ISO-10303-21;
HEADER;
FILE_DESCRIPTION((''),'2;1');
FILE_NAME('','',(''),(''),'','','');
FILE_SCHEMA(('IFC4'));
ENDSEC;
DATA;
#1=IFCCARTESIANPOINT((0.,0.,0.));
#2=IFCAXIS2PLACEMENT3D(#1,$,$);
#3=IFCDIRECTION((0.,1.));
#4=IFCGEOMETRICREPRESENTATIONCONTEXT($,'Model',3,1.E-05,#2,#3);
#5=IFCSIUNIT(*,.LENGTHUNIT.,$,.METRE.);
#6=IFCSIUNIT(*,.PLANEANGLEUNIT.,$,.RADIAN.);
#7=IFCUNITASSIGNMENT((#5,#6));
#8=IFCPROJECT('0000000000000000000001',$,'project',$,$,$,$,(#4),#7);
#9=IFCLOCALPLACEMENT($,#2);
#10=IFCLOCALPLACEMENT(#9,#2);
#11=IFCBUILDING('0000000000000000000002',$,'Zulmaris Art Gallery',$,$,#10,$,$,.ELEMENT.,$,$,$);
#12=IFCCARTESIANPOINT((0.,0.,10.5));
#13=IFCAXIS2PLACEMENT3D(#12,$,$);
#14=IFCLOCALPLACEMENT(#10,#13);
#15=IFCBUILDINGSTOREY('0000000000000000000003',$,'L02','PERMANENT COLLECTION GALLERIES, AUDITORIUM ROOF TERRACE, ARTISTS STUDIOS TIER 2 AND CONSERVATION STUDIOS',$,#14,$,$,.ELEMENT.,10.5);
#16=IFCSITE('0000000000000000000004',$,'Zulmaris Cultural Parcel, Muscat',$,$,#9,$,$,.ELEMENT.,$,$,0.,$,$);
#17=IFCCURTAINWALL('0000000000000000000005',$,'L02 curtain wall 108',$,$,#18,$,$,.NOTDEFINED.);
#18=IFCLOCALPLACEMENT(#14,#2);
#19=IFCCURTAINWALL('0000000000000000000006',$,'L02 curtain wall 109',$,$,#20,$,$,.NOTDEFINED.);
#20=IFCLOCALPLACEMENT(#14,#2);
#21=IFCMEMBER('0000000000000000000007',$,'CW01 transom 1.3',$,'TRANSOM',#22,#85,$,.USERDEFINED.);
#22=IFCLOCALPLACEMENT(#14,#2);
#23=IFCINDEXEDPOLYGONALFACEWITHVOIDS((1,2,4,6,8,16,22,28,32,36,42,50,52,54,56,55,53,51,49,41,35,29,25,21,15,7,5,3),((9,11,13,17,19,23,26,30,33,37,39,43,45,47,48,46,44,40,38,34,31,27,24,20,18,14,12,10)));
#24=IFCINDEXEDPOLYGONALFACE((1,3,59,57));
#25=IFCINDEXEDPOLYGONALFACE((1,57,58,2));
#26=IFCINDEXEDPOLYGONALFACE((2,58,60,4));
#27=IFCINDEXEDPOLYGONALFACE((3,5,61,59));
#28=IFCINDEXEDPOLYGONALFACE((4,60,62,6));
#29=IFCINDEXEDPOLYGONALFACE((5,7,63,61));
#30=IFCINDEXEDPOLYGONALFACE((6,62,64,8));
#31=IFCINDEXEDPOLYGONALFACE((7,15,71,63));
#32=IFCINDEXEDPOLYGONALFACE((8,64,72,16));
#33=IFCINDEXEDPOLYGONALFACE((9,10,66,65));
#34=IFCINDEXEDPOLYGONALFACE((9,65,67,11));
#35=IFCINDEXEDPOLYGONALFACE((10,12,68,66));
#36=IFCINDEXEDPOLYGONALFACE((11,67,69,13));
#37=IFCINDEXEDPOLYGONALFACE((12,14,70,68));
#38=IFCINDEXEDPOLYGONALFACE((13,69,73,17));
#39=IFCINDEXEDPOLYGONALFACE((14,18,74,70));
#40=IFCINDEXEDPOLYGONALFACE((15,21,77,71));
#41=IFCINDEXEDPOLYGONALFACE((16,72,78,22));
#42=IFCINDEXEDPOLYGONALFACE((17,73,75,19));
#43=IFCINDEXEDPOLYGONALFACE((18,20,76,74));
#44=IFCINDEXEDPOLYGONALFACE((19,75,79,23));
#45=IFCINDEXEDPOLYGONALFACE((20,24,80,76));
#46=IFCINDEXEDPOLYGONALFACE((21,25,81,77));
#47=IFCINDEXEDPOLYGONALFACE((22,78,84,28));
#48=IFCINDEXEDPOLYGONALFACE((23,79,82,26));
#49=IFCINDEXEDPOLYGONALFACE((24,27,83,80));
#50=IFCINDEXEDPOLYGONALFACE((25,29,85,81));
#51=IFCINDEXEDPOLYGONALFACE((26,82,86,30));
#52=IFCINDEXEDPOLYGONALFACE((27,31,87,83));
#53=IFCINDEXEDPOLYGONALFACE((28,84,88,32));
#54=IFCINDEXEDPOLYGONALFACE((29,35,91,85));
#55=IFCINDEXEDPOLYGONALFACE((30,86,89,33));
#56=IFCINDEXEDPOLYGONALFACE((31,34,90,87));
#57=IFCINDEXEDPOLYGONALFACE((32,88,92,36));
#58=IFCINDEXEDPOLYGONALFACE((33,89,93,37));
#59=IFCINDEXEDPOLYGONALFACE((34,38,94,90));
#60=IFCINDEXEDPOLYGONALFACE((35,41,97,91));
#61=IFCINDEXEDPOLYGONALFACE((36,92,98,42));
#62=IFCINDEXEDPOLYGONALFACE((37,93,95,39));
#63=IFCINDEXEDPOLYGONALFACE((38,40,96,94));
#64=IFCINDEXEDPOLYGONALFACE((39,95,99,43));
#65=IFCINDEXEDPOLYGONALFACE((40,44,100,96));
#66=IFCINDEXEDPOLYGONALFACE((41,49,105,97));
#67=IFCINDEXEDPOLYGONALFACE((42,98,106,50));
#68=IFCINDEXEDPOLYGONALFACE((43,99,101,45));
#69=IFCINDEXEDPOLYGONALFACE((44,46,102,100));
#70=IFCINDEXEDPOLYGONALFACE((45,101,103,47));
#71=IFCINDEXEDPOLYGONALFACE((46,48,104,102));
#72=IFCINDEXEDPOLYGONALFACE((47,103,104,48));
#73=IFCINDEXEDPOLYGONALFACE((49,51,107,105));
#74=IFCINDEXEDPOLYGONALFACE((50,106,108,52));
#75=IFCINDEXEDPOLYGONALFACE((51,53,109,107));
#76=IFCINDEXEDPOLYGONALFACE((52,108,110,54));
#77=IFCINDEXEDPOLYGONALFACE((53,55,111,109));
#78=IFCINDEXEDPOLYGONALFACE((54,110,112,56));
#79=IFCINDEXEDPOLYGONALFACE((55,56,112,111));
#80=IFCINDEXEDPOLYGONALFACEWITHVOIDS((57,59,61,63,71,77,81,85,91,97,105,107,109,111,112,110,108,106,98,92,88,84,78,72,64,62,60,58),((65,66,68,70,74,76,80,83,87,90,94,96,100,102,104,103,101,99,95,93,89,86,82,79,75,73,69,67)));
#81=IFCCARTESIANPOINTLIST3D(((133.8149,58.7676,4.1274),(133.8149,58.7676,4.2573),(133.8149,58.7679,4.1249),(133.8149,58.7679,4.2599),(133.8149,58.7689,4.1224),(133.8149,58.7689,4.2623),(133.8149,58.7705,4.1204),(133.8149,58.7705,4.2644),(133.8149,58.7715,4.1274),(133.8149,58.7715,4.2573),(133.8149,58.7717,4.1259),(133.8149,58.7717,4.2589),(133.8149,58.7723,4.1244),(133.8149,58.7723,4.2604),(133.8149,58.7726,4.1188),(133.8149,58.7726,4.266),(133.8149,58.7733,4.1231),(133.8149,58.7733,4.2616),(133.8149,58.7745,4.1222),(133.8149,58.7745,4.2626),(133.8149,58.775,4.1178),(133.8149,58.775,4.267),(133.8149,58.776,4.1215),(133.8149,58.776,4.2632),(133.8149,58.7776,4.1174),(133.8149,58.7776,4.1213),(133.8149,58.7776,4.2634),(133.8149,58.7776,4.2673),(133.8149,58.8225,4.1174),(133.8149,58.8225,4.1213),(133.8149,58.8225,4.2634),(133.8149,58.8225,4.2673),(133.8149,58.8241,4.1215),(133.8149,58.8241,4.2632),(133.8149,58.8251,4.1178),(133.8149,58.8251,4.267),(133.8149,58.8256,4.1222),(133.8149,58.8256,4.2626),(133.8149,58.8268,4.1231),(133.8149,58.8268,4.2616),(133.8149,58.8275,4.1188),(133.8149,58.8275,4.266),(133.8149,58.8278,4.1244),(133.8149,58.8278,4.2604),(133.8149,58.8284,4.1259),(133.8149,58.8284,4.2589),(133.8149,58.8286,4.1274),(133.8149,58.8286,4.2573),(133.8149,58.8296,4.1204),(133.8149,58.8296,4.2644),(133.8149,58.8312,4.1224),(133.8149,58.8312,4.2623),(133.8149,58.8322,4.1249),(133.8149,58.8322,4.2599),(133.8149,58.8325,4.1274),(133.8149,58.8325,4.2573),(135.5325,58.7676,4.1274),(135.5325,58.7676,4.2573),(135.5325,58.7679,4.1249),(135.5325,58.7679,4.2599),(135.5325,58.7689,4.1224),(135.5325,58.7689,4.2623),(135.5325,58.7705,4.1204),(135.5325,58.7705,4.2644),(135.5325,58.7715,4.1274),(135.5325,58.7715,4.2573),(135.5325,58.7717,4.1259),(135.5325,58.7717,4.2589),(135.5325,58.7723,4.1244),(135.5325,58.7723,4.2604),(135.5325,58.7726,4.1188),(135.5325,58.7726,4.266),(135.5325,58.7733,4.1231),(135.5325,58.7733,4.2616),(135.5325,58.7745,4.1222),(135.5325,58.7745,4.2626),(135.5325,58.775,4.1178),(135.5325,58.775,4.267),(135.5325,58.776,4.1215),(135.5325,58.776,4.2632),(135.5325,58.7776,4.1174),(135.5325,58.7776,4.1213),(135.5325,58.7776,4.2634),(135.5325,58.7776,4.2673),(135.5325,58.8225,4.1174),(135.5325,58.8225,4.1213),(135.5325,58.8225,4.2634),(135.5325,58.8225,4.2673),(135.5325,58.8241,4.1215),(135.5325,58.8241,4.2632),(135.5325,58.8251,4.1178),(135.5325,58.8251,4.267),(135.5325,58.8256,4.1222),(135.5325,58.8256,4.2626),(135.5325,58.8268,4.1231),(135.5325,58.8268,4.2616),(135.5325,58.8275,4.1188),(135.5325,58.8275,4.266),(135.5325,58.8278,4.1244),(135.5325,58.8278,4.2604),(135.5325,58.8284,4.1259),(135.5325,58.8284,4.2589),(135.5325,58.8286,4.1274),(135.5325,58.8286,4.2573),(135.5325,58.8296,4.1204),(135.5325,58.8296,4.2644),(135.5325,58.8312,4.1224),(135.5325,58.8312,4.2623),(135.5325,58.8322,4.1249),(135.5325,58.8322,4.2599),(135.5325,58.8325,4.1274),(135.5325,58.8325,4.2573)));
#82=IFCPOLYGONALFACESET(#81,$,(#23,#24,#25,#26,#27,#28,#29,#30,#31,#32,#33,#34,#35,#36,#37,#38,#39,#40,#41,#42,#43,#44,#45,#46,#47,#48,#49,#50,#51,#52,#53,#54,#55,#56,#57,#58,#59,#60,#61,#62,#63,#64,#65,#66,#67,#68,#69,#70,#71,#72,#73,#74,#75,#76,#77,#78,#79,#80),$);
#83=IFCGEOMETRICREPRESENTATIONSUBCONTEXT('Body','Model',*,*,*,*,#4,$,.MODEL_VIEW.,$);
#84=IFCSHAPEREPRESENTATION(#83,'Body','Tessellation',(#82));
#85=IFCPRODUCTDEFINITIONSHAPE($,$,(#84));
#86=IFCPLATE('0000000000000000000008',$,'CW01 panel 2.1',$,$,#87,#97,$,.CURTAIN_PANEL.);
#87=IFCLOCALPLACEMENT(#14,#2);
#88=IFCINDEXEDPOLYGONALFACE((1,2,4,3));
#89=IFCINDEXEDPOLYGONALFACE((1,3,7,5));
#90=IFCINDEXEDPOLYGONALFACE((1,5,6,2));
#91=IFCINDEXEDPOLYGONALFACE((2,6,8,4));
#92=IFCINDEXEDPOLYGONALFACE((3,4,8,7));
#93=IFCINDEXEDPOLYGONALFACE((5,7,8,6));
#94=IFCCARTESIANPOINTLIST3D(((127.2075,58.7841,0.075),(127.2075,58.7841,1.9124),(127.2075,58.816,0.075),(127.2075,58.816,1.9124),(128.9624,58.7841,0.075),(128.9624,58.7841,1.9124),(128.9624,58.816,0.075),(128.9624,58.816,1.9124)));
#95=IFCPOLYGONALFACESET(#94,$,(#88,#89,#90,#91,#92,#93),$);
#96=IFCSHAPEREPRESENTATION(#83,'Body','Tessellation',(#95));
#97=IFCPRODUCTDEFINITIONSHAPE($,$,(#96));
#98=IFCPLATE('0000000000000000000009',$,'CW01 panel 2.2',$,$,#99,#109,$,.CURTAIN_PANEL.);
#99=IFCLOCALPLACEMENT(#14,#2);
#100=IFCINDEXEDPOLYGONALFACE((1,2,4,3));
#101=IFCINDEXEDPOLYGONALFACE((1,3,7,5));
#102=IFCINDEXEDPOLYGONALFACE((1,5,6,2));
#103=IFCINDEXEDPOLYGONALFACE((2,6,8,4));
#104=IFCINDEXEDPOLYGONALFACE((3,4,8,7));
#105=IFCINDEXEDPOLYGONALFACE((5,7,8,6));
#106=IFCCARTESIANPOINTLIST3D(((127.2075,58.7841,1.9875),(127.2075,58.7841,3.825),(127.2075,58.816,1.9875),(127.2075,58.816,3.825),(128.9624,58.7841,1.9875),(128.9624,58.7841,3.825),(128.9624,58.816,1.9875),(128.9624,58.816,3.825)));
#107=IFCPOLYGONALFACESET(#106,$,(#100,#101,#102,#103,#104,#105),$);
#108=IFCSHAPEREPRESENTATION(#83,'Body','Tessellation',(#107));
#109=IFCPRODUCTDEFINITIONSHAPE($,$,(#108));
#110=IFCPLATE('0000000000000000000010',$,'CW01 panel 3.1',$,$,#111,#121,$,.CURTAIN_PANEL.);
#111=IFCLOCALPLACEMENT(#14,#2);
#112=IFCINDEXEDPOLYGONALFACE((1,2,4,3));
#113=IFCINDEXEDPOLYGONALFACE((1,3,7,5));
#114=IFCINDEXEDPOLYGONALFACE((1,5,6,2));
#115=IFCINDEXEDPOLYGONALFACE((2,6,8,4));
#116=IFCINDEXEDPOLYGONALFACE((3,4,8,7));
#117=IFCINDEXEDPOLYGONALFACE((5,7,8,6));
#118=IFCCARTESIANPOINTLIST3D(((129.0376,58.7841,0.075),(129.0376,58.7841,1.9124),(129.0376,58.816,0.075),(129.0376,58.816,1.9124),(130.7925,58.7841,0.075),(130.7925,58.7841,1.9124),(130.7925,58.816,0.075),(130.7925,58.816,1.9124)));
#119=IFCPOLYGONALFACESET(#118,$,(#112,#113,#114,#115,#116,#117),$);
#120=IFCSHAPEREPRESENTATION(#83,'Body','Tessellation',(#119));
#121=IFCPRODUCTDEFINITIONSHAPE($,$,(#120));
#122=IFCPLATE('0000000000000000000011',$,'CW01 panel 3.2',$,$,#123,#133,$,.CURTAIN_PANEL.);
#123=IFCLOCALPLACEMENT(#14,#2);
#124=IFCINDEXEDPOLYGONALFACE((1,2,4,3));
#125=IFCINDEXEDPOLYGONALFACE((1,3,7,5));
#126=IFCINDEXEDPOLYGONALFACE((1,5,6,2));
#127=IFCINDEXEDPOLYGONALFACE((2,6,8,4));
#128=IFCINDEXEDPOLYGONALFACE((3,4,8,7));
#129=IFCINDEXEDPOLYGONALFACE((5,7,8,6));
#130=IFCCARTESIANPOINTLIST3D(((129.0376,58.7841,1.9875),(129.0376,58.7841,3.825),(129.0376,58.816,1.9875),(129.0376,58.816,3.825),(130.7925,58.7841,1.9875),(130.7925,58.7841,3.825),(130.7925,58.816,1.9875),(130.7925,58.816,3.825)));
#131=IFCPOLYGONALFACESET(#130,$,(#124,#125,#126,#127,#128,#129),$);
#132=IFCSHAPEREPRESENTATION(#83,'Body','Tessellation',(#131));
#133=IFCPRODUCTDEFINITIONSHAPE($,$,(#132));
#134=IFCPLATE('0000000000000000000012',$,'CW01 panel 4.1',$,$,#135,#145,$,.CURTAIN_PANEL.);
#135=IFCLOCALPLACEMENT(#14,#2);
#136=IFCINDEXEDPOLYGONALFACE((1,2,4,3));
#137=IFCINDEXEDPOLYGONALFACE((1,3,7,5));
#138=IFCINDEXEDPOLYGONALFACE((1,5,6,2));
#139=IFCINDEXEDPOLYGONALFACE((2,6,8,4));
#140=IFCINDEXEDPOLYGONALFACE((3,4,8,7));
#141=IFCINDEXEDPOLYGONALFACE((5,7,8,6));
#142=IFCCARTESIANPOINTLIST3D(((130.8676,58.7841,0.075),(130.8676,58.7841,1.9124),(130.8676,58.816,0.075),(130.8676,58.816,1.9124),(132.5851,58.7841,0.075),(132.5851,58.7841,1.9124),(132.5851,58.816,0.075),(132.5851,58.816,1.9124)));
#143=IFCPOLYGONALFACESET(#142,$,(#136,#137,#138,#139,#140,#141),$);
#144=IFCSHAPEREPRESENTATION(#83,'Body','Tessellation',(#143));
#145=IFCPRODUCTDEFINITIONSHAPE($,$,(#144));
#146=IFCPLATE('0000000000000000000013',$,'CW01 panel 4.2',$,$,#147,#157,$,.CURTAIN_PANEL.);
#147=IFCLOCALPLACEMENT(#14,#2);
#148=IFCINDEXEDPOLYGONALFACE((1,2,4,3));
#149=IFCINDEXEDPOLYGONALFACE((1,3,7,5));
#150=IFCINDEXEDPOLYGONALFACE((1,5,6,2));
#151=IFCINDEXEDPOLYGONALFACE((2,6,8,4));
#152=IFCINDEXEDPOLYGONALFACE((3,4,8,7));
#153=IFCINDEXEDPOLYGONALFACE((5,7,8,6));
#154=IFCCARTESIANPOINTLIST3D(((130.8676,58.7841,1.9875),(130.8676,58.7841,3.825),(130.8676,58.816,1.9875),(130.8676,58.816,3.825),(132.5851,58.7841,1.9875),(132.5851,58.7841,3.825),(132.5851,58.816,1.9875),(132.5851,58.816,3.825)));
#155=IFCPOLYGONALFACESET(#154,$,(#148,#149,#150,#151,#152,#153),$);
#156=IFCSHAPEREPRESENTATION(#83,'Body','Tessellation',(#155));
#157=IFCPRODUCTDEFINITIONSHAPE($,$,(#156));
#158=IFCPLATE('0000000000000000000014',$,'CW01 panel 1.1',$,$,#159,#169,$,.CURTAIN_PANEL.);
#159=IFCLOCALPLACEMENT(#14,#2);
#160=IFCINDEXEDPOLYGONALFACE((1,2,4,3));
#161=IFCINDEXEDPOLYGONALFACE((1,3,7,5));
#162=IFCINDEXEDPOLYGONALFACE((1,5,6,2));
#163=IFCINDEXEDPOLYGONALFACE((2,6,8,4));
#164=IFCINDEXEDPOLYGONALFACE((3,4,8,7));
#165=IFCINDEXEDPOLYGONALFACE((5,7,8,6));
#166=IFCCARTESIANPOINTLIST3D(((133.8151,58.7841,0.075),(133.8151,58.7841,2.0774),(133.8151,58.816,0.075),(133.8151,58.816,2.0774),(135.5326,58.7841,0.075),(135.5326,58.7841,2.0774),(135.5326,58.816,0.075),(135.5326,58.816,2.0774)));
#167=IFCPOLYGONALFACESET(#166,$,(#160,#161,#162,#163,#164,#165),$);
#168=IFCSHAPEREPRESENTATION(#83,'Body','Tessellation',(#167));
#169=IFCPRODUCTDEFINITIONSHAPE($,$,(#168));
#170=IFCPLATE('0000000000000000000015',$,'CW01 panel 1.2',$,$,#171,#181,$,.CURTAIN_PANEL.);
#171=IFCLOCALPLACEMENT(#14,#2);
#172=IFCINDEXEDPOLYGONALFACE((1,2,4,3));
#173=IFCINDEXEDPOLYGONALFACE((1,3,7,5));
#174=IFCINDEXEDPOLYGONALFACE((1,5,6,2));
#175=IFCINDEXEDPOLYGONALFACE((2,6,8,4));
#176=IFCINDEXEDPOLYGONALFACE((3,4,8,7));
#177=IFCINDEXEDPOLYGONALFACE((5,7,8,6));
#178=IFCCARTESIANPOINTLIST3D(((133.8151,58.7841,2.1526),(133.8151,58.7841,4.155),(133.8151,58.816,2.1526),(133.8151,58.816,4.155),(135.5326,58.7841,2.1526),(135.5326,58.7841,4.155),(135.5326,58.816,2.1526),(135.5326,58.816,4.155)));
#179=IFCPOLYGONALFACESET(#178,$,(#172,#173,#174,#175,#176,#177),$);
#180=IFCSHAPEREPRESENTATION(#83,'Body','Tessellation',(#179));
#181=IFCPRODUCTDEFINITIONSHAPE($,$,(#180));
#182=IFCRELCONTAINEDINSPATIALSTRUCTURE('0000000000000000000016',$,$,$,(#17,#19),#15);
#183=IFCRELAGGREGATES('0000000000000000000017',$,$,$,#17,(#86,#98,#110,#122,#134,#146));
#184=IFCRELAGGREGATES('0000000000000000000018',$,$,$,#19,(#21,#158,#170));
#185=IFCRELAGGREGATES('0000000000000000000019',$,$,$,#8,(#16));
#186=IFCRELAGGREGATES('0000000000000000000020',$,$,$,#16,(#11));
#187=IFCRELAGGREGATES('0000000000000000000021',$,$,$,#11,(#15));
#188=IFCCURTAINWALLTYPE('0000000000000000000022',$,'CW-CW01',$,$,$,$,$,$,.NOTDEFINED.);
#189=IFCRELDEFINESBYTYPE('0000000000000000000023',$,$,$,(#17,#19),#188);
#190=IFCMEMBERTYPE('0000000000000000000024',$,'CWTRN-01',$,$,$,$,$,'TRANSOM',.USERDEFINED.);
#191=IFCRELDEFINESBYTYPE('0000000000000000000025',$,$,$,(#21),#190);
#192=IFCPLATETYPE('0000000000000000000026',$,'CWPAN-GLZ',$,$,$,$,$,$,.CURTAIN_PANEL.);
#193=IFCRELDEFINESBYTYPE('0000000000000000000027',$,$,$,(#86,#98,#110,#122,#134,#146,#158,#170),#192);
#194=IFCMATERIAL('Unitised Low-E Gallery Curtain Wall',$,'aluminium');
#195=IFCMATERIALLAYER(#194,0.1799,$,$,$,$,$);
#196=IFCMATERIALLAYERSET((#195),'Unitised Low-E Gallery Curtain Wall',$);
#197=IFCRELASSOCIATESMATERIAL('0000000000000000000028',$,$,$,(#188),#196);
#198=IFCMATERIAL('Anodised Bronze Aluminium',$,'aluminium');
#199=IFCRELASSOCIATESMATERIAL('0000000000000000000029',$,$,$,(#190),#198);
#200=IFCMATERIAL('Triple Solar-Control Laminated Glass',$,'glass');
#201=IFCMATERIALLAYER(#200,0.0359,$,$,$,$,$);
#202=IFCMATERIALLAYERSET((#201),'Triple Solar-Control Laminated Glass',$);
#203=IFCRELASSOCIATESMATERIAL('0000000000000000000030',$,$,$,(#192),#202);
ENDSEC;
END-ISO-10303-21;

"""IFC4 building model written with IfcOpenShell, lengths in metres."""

from ifc_helpers import new_model, si_unit, direction, frame, origin, origin_2d, place, context, subcontext, project, spatial, rectangle, hollow_rectangle, extrude, material, layer, layer_set, material_profile, profile_set, type_object, element, aggregate, save


model = new_model("IFC4")

# Units and contexts
model_context = context("Model", 3, precision=1e-05, world=origin(), true_north=direction((0.0, 1.0)))
body_context = subcontext(model_context, "Body", "Model", "MODEL_VIEW")
ifc_project = project(units=[si_unit("LENGTHUNIT", "METRE"), si_unit("PLANEANGLEUNIT", "RADIAN")], contexts=[model_context])

# Site, building, storey
site_placement = place(None, origin())
site = spatial("IfcSite", under=ifc_project, at=site_placement, Name="Zulmaris Cultural Parcel, Muscat", CompositionType="ELEMENT", RefElevation=0.0)
building_placement = place(site_placement, origin())
building = spatial("IfcBuilding", under=site, at=building_placement, Name="Zulmaris Art Gallery", CompositionType="ELEMENT")
storey_placement = place(building_placement, frame((0.0, 0.0, 10.5)))
storey = spatial("IfcBuildingStorey", under=building, at=storey_placement, Name="L02", Description="PERMANENT COLLECTION GALLERIES, AUDITORIUM ROOF TERRACE, ARTISTS STUDIOS TIER 2 AND CONSERVATION STUDIOS", CompositionType="ELEMENT", Elevation=10.5)

# Curtain wall
ifc_material_1 = material(Name="Unitised Low-E Gallery Curtain Wall", Category="aluminium")
ifc_layer_1 = layer(ifc_material_1, 0.1799)
ifc_layer_set_1 = layer_set([ifc_layer_1], Name="Unitised Low-E Gallery Curtain Wall")
curtain_wall_type = type_object("IfcCurtainWallType", Name="CW-CW01", PredefinedType="NOTDEFINED", material=ifc_layer_set_1)
curtain_wall_1_placement = place(storey_placement, origin())
curtain_wall_1 = element("IfcCurtainWall", 1, at=curtain_wall_1_placement, inside=storey, type_object=curtain_wall_type, Name="L02 curtain wall 108", PredefinedType="NOTDEFINED")
ifc_material_2 = material(Name="Anodised Bronze Aluminium", Category="aluminium")

# Curtain wall
curtain_wall_2_placement = place(storey_placement, origin())
curtain_wall_2 = element("IfcCurtainWall", 2, at=curtain_wall_2_placement, inside=storey, type_object=curtain_wall_type, Name="L02 curtain wall 109", PredefinedType="NOTDEFINED")

# Member
ifc_material_profile_1 = material_profile(ifc_material_2, hollow_rectangle(XDim=0.0649, YDim=0.1499, WallThickness=0.0039, InnerFilletRadius=0.0061, OuterFilletRadius=0.01, at=origin_2d()), Name="ALU 65x150x4")
ifc_profile_set_1 = profile_set([ifc_material_profile_1], Name="Anodised Bronze Aluminium")
member_type_1 = type_object("IfcMemberType", Name="CWTRN-01", ElementType="TRANSOM", PredefinedType="USERDEFINED", material=ifc_profile_set_1)
member_1_placement = place(storey_placement, frame((133.8149, 58.8, 4.1924), z_axis=(1.0, 0.0, 0.0), x_axis=(0.0, 1.0, 0.0)))
member_1 = element("IfcMember", 3, at=member_1_placement, type_object=member_type_1, Name="CW01 transom 1.3", ObjectType="TRANSOM", PredefinedType="USERDEFINED", context=body_context, shape_type="SweptSolid", body=[
    extrude(hollow_rectangle(XDim=0.0649, YDim=0.1499, WallThickness=0.0039, InnerFilletRadius=0.0061, OuterFilletRadius=0.01, at=origin_2d()), origin(), (0.0, 0.0, 1.0), 1.7175),
])

# Plates
ifc_material_3 = material(Name="Triple Solar-Control Laminated Glass", Category="glass")
ifc_layer_2 = layer(ifc_material_3, 0.0359)
ifc_layer_set_2 = layer_set([ifc_layer_2], Name="Triple Solar-Control Laminated Glass")
plate_type = type_object("IfcPlateType", Name="CWPAN-GLZ", PredefinedType="CURTAIN_PANEL", material=ifc_layer_set_2)
plate_1_placement = place(storey_placement, frame((128.085, 58.8, 0.075), z_axis=(0.0, 0.0, 1.0), x_axis=(1.0, 0.0, 0.0)))
plate_1 = element("IfcPlate", 4, at=plate_1_placement, type_object=plate_type, Name="CW01 panel 2.1", PredefinedType="CURTAIN_PANEL", context=body_context, shape_type="SweptSolid", body=[
    extrude(rectangle(XDim=1.7549, YDim=0.032, at=origin_2d()), origin(), (0.0, 0.0, 1.0), 1.8374),
])
plate_2_placement = place(storey_placement, frame((128.085, 58.8, 1.9875), z_axis=(0.0, 0.0, 1.0), x_axis=(1.0, 0.0, 0.0)))
plate_2 = element("IfcPlate", 5, at=plate_2_placement, type_object=plate_type, Name="CW01 panel 2.2", PredefinedType="CURTAIN_PANEL", context=body_context, shape_type="SweptSolid", body=[
    extrude(rectangle(XDim=1.7549, YDim=0.032, at=origin_2d()), origin(), (0.0, 0.0, 1.0), 1.8374),
])
plate_3_placement = place(storey_placement, frame((129.915, 58.8, 0.075), z_axis=(0.0, 0.0, 1.0), x_axis=(1.0, 0.0, 0.0)))
plate_3 = element("IfcPlate", 6, at=plate_3_placement, type_object=plate_type, Name="CW01 panel 3.1", PredefinedType="CURTAIN_PANEL", context=body_context, shape_type="SweptSolid", body=[
    extrude(rectangle(XDim=1.7549, YDim=0.032, at=origin_2d()), origin(), (0.0, 0.0, 1.0), 1.8374),
])
plate_4_placement = place(storey_placement, frame((129.915, 58.8, 1.9875), z_axis=(0.0, 0.0, 1.0), x_axis=(1.0, 0.0, 0.0)))
plate_4 = element("IfcPlate", 7, at=plate_4_placement, type_object=plate_type, Name="CW01 panel 3.2", PredefinedType="CURTAIN_PANEL", context=body_context, shape_type="SweptSolid", body=[
    extrude(rectangle(XDim=1.7549, YDim=0.032, at=origin_2d()), origin(), (0.0, 0.0, 1.0), 1.8374),
])
plate_5_placement = place(storey_placement, frame((131.7263, 58.8, 0.075), z_axis=(0.0, 0.0, 1.0), x_axis=(1.0, 0.0, 0.0)))
plate_5 = element("IfcPlate", 8, at=plate_5_placement, type_object=plate_type, Name="CW01 panel 4.1", PredefinedType="CURTAIN_PANEL", context=body_context, shape_type="SweptSolid", body=[
    extrude(rectangle(XDim=1.7175, YDim=0.032, at=origin_2d()), origin(), (0.0, 0.0, 1.0), 1.8374),
])
plate_6_placement = place(storey_placement, frame((131.7263, 58.8, 1.9875), z_axis=(0.0, 0.0, 1.0), x_axis=(1.0, 0.0, 0.0)))
plate_6 = element("IfcPlate", 9, at=plate_6_placement, type_object=plate_type, Name="CW01 panel 4.2", PredefinedType="CURTAIN_PANEL", context=body_context, shape_type="SweptSolid", body=[
    extrude(rectangle(XDim=1.7175, YDim=0.032, at=origin_2d()), origin(), (0.0, 0.0, 1.0), 1.8374),
])
aggregate(curtain_wall_1, [plate_1, plate_2, plate_3, plate_4, plate_5, plate_6])
plate_7_placement = place(storey_placement, frame((134.6738, 58.8, 0.075), z_axis=(0.0, 0.0, 1.0), x_axis=(1.0, 0.0, 0.0)))
plate_7 = element("IfcPlate", 10, at=plate_7_placement, type_object=plate_type, Name="CW01 panel 1.1", PredefinedType="CURTAIN_PANEL", context=body_context, shape_type="SweptSolid", body=[
    extrude(rectangle(XDim=1.7175, YDim=0.032, at=origin_2d()), origin(), (0.0, 0.0, 1.0), 2.0024),
])
plate_8_placement = place(storey_placement, frame((134.6738, 58.8, 2.1526), z_axis=(0.0, 0.0, 1.0), x_axis=(1.0, 0.0, 0.0)))
plate_8 = element("IfcPlate", 11, at=plate_8_placement, type_object=plate_type, Name="CW01 panel 1.2", PredefinedType="CURTAIN_PANEL", context=body_context, shape_type="SweptSolid", body=[
    extrude(rectangle(XDim=1.7175, YDim=0.032, at=origin_2d()), origin(), (0.0, 0.0, 1.0), 2.0024),
])
aggregate(curtain_wall_2, [member_1, plate_7, plate_8])

save(model, "model.ifc")
